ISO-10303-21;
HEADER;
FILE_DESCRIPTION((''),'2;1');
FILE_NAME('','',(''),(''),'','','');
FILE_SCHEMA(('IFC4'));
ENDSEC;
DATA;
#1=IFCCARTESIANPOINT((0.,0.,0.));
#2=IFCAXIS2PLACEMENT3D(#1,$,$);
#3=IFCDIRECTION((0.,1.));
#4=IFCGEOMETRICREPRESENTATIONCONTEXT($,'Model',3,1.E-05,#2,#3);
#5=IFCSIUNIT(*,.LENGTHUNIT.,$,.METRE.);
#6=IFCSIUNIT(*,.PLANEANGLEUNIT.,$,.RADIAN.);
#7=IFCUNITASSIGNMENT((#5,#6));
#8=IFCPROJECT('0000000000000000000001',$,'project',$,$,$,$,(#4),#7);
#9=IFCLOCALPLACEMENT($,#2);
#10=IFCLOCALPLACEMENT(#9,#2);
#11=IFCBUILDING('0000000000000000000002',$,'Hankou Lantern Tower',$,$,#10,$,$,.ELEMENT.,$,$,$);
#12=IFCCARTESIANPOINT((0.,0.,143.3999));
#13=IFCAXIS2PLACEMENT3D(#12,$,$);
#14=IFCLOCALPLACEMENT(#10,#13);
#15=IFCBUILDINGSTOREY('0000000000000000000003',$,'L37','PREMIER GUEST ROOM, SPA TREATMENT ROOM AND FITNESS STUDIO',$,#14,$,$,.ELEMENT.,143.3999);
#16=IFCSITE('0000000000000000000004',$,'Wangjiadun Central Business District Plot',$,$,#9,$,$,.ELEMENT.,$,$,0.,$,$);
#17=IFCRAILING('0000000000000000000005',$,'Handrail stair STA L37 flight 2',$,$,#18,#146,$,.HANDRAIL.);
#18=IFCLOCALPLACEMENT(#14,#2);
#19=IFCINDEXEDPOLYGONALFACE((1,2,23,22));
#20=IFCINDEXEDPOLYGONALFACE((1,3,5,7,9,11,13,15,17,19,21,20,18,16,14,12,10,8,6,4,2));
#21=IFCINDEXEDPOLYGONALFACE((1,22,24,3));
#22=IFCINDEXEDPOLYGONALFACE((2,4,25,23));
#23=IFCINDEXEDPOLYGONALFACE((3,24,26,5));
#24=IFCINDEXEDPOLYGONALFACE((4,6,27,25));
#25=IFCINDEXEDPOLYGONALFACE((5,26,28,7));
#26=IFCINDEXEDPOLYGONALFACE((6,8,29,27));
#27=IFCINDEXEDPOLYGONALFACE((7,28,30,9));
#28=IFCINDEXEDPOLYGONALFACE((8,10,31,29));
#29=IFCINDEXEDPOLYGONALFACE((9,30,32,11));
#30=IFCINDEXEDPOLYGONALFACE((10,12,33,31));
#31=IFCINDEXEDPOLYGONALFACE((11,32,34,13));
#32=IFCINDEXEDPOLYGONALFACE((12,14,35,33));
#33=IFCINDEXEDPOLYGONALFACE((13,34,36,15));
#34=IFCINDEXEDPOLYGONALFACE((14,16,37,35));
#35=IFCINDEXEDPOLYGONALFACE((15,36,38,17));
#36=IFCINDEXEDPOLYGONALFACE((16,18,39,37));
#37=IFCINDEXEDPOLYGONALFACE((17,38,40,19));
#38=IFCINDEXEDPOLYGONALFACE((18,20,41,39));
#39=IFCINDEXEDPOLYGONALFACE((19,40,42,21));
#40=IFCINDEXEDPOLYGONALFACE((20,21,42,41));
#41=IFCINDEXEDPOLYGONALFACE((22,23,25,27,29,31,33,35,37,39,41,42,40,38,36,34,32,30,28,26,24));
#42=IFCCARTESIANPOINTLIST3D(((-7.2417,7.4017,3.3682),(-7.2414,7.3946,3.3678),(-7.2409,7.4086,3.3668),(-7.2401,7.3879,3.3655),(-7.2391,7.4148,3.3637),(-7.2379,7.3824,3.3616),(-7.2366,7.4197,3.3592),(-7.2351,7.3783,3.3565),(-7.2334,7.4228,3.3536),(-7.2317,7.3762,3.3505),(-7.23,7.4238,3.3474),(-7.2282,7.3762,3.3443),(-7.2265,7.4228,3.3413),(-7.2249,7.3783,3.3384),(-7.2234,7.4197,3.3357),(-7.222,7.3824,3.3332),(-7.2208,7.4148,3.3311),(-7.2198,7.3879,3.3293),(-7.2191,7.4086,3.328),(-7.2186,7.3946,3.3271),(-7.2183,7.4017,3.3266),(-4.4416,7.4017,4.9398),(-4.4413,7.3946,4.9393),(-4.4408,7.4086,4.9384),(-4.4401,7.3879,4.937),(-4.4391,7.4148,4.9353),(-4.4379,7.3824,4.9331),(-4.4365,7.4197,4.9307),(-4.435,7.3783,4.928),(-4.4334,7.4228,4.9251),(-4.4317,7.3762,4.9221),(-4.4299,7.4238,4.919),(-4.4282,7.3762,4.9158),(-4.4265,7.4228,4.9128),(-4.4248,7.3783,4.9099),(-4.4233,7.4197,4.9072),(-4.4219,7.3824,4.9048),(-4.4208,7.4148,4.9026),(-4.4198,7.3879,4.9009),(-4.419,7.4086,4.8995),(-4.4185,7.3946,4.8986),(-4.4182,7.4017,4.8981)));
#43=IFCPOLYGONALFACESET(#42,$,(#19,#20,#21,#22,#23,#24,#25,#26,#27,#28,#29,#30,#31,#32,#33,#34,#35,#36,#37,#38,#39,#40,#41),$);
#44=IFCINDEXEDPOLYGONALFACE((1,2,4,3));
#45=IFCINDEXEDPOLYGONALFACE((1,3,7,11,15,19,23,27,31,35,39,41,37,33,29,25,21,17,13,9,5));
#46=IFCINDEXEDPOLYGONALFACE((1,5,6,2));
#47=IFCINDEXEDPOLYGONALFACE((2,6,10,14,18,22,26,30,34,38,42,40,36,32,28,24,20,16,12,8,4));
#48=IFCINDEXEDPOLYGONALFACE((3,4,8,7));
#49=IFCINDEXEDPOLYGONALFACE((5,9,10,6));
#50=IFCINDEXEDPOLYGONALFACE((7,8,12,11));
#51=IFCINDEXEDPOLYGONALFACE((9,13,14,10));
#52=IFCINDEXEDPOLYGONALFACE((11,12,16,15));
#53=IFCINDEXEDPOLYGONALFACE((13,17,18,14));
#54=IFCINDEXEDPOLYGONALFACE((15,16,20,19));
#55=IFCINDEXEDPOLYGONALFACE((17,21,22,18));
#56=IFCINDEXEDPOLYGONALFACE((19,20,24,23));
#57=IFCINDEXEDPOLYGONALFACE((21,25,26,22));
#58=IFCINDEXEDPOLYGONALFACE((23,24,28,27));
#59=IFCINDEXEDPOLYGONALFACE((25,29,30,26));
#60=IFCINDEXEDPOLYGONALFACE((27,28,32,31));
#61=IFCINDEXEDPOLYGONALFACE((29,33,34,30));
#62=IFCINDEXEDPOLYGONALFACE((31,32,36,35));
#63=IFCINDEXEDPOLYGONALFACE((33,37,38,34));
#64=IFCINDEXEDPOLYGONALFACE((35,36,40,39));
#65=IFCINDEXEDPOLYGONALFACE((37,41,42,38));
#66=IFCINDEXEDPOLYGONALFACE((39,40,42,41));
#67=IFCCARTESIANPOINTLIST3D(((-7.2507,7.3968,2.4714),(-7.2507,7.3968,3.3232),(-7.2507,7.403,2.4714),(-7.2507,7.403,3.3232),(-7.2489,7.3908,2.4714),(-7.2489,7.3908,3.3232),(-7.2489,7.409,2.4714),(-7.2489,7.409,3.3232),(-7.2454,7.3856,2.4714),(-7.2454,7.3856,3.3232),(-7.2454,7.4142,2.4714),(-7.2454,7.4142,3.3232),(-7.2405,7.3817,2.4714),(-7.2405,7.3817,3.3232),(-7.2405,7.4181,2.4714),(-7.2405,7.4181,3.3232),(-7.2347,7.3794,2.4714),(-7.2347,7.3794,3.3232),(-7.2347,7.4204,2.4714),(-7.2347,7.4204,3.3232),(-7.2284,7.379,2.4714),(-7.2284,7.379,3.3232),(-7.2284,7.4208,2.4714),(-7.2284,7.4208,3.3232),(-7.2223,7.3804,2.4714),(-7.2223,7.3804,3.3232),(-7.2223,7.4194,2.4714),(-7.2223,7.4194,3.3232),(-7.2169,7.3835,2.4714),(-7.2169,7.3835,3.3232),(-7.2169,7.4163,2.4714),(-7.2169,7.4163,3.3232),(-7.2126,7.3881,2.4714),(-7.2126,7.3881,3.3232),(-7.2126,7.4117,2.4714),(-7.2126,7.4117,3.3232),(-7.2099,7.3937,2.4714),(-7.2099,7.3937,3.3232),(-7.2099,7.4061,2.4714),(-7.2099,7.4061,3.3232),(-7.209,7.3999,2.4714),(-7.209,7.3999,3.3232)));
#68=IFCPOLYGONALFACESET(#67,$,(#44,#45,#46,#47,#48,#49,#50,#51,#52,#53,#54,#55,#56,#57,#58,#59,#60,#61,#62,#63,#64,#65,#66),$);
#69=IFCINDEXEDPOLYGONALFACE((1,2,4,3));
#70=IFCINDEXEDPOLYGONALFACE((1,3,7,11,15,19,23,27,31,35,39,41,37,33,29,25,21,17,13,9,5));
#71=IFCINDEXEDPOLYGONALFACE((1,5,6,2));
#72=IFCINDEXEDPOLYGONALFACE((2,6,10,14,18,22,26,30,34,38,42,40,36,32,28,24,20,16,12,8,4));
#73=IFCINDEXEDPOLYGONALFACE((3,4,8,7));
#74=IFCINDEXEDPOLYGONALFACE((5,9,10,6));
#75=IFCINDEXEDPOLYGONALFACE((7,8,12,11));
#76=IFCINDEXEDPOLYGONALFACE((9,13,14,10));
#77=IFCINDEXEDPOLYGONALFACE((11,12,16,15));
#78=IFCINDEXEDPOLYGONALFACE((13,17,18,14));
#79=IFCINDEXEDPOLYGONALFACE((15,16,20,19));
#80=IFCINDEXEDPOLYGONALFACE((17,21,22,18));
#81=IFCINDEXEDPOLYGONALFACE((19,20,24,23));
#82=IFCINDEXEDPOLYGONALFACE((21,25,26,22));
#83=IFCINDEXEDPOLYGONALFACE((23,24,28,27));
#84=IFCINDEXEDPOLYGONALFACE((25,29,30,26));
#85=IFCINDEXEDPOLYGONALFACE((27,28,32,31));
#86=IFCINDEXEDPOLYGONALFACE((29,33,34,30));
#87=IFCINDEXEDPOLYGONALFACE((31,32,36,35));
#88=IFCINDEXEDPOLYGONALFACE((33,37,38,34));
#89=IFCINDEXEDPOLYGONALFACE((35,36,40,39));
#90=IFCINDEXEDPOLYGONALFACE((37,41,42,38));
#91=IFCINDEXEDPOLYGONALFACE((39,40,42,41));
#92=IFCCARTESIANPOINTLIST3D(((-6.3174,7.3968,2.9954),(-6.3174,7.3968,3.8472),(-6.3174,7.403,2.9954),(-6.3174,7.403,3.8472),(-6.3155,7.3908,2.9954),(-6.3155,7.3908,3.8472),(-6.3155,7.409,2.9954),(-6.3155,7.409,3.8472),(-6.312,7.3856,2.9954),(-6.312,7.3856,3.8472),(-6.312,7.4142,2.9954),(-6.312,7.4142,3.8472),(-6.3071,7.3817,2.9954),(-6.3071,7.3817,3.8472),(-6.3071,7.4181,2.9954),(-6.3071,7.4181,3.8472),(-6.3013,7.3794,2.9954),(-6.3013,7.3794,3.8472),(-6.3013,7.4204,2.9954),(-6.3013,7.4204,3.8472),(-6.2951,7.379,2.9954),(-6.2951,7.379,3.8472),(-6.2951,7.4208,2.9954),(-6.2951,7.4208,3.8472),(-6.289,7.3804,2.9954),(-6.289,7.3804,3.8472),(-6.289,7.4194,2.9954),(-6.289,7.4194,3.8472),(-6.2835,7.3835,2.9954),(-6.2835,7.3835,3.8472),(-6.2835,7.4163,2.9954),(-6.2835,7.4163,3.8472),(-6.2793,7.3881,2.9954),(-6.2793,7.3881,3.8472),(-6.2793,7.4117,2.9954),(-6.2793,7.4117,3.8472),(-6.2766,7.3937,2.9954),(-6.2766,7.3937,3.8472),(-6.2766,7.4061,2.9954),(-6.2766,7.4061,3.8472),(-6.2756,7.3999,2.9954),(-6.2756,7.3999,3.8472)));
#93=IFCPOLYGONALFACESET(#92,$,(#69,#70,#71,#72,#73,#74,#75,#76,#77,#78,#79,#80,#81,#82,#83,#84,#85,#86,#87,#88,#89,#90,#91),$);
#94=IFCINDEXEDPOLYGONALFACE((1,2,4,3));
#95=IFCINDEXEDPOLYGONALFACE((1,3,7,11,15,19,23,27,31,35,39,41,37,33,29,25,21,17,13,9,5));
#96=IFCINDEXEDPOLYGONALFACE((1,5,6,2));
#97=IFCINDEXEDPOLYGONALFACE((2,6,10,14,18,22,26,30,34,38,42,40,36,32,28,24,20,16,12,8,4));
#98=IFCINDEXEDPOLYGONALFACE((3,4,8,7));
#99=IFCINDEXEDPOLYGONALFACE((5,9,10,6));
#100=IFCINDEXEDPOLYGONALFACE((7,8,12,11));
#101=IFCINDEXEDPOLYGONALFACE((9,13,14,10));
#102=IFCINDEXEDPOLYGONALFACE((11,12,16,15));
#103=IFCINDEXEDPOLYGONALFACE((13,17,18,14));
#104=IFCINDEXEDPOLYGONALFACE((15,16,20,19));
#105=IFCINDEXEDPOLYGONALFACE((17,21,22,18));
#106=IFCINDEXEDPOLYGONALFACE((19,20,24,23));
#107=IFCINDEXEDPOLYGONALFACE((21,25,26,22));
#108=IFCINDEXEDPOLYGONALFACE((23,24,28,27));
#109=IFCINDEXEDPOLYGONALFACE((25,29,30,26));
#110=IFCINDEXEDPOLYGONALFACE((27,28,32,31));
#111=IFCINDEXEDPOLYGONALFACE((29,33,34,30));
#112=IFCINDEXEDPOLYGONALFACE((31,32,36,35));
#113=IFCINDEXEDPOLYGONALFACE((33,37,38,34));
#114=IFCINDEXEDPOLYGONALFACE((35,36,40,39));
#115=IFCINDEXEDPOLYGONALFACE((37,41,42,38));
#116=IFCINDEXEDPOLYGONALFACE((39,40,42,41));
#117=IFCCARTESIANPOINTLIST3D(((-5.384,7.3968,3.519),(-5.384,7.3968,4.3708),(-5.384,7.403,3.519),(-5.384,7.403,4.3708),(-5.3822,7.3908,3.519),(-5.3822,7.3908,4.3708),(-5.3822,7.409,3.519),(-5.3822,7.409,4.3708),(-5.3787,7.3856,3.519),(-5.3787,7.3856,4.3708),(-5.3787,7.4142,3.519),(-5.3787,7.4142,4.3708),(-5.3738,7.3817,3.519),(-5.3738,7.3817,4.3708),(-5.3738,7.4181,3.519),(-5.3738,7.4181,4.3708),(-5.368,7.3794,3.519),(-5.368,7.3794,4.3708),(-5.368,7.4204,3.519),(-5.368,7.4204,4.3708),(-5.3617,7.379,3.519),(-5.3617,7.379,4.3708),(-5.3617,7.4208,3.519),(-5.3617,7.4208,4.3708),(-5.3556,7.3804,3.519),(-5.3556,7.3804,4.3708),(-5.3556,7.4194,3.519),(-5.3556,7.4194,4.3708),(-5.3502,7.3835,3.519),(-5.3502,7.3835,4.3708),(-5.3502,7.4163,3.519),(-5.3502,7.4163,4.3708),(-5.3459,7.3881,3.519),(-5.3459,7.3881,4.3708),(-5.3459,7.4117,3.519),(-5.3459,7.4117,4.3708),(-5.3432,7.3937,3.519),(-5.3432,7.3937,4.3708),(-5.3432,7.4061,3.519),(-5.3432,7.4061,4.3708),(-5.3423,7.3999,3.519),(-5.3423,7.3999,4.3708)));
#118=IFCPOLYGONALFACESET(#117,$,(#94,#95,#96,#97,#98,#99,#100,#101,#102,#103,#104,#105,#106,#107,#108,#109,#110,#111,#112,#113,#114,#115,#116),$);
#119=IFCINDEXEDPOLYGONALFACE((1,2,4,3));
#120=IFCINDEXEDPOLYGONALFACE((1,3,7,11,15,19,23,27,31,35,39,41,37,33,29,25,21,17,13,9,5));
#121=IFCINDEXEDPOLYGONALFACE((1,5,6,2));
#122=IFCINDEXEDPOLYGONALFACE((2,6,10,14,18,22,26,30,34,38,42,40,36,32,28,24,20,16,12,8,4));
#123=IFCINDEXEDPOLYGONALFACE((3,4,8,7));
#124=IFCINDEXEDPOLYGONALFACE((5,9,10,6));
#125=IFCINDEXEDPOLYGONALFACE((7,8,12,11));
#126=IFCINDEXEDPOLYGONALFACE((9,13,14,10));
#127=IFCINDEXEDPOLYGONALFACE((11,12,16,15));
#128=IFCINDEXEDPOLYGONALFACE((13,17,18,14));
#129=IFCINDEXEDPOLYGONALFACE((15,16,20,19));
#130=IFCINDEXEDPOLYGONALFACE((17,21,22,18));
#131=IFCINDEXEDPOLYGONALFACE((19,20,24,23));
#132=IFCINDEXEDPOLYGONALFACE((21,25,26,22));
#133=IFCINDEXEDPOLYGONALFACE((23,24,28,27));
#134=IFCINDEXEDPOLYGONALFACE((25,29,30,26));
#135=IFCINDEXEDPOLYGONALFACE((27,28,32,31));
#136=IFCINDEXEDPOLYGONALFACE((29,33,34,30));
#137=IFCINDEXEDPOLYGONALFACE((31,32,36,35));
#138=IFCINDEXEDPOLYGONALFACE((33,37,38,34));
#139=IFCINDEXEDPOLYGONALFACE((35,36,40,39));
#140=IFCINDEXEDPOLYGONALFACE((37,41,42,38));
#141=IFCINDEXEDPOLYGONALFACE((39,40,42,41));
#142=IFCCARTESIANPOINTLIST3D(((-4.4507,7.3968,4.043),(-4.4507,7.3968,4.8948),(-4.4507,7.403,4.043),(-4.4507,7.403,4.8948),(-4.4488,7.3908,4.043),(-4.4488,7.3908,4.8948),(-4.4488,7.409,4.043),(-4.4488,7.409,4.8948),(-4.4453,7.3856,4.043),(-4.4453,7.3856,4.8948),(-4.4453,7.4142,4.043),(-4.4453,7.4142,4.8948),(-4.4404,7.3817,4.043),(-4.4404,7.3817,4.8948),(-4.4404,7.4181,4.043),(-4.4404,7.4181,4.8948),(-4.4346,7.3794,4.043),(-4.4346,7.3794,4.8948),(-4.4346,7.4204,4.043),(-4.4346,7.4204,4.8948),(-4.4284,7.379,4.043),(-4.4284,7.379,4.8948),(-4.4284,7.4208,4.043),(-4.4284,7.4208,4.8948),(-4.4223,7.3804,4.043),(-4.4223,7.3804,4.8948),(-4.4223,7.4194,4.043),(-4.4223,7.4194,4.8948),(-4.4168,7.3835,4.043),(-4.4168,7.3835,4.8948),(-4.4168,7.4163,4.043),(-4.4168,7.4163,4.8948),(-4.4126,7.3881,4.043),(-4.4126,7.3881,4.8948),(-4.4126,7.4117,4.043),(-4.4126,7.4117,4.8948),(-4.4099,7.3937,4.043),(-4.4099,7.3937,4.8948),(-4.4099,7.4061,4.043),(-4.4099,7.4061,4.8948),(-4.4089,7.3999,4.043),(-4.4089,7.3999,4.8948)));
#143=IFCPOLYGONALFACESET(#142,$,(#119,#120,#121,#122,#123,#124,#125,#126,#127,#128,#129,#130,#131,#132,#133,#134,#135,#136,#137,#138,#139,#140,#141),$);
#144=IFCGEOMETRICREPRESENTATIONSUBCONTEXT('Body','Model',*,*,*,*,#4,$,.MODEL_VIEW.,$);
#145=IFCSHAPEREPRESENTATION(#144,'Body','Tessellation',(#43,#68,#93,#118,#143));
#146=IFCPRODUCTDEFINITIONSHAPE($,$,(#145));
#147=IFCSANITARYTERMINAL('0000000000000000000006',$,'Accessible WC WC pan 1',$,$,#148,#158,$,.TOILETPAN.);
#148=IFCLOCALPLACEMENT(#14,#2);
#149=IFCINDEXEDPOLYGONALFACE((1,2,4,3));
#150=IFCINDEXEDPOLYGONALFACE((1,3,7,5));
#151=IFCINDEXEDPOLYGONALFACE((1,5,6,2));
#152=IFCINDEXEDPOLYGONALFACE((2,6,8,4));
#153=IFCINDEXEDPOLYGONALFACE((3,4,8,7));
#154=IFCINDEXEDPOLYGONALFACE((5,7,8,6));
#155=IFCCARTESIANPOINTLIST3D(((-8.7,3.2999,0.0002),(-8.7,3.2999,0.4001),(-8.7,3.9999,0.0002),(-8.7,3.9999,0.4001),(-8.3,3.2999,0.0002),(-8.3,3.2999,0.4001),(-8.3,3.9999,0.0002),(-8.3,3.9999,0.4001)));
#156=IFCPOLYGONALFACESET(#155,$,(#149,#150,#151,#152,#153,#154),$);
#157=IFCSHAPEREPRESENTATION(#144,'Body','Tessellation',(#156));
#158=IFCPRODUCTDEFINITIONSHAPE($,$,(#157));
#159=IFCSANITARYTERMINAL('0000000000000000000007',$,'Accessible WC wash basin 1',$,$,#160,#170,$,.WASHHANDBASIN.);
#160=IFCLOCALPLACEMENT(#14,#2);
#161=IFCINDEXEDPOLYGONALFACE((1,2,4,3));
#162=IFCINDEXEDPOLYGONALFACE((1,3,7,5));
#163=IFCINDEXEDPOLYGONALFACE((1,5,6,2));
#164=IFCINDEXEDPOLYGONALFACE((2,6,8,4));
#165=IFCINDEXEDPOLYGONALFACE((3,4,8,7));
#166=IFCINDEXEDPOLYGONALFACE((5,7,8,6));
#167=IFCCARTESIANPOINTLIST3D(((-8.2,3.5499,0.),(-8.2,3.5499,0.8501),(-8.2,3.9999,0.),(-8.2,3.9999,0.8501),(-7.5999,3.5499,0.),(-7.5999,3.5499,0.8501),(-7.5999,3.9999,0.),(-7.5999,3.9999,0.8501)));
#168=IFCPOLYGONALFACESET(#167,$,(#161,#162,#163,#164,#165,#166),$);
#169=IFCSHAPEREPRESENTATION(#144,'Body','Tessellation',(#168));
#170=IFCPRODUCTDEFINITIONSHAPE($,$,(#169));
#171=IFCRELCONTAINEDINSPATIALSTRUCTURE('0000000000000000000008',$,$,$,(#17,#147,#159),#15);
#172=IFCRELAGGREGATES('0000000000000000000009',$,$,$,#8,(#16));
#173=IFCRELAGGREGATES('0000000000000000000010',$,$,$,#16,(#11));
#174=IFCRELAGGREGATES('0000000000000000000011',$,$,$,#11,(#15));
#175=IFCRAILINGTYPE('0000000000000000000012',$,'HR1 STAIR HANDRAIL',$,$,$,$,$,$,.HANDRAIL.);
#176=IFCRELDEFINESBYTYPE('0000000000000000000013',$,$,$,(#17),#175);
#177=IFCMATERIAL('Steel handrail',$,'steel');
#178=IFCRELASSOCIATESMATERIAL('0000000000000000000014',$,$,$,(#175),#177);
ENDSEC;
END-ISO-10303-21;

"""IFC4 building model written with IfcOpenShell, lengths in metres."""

from ifc_helpers import new_model, si_unit, direction, frame, origin, origin_2d, place, context, subcontext, project, spatial, rectangle, circle, extrude, material, type_object, element, save


model = new_model("IFC4")

# Units and contexts
model_context = context("Model", 3, precision=1e-05, world=origin(), true_north=direction((0.0, 1.0)))
body_context = subcontext(model_context, "Body", "Model", "MODEL_VIEW")
ifc_project = project(units=[si_unit("LENGTHUNIT", "METRE"), si_unit("PLANEANGLEUNIT", "RADIAN")], contexts=[model_context])

# Site, building, storey
site_placement = place(None, origin())
site = spatial("IfcSite", under=ifc_project, at=site_placement, Name="Wangjiadun Central Business District Plot", CompositionType="ELEMENT", RefElevation=0.0)
building_placement = place(site_placement, origin())
building = spatial("IfcBuilding", under=site, at=building_placement, Name="Hankou Lantern Tower", CompositionType="ELEMENT")
storey_placement = place(building_placement, frame((0.0, 0.0, 143.3999)))
storey = spatial("IfcBuildingStorey", under=building, at=storey_placement, Name="L37", Description="PREMIER GUEST ROOM, SPA TREATMENT ROOM AND FITNESS STUDIO", CompositionType="ELEMENT", Elevation=143.3999)

# Railing
ifc_material_1 = material(Name="Steel handrail", Category="steel")
railing_type = type_object("IfcRailingType", Name="HR1 STAIR HANDRAIL", PredefinedType="HANDRAIL", material=ifc_material_1)
railing_1_placement = place(storey_placement, frame((-7.23, 7.3999, 2.4714)))
element("IfcRailing", 1, at=railing_1_placement, inside=storey, type_object=railing_type, Name="Handrail stair STA L37 flight 2", PredefinedType="HANDRAIL", context=body_context, shape_type="SweptSolid", body=[
    extrude(circle(Radius=0.0239, at=origin_2d()), frame((0.0, 0.0, 0.876), z_axis=(0.87204, 0.0, 0.489434), x_axis=(0.0, 1.0, 0.0)), (0.0, 0.0, 1.0), 3.2109),
    extrude(circle(Radius=0.021, at=origin_2d()), origin(), (0.0, 0.0, 1.0), 0.8518),
    extrude(circle(Radius=0.021, at=origin_2d()), frame((0.9333, 0.0, 0.5239)), (0.0, 0.0, 1.0), 0.8518),
    extrude(circle(Radius=0.021, at=origin_2d()), frame((1.8667, 0.0, 1.0476)), (0.0, 0.0, 1.0), 0.8518),
    extrude(circle(Radius=0.021, at=origin_2d()), frame((2.8, 0.0, 1.5715)), (0.0, 0.0, 1.0), 0.8518),
])

# Sanitary terminals
sanitary_terminal_1_placement = place(storey_placement, frame((-8.5, 3.6499, 0.0002), z_axis=(0.0, 0.0, 1.0), x_axis=(1.0, 0.0, 0.0)))
element("IfcSanitaryTerminal", 2, at=sanitary_terminal_1_placement, inside=storey, Name="Accessible WC WC pan 1", PredefinedType="TOILETPAN", context=body_context, shape_type="SweptSolid", body=[
    extrude(rectangle(XDim=0.3999, YDim=0.7, at=origin_2d()), origin(), (0.0, 0.0, 1.0), 0.3999),
])
sanitary_terminal_2_placement = place(storey_placement, frame((-7.8999, 3.7749, 0.0), z_axis=(0.0, 0.0, 1.0), x_axis=(1.0, 0.0, 0.0)))
element("IfcSanitaryTerminal", 3, at=sanitary_terminal_2_placement, inside=storey, Name="Accessible WC wash basin 1", PredefinedType="WASHHANDBASIN", context=body_context, shape_type="SweptSolid", body=[
    extrude(rectangle(XDim=0.6001, YDim=0.45, at=origin_2d()), origin(), (0.0, 0.0, 1.0), 0.8501),
])

save(model, "model.ifc")
